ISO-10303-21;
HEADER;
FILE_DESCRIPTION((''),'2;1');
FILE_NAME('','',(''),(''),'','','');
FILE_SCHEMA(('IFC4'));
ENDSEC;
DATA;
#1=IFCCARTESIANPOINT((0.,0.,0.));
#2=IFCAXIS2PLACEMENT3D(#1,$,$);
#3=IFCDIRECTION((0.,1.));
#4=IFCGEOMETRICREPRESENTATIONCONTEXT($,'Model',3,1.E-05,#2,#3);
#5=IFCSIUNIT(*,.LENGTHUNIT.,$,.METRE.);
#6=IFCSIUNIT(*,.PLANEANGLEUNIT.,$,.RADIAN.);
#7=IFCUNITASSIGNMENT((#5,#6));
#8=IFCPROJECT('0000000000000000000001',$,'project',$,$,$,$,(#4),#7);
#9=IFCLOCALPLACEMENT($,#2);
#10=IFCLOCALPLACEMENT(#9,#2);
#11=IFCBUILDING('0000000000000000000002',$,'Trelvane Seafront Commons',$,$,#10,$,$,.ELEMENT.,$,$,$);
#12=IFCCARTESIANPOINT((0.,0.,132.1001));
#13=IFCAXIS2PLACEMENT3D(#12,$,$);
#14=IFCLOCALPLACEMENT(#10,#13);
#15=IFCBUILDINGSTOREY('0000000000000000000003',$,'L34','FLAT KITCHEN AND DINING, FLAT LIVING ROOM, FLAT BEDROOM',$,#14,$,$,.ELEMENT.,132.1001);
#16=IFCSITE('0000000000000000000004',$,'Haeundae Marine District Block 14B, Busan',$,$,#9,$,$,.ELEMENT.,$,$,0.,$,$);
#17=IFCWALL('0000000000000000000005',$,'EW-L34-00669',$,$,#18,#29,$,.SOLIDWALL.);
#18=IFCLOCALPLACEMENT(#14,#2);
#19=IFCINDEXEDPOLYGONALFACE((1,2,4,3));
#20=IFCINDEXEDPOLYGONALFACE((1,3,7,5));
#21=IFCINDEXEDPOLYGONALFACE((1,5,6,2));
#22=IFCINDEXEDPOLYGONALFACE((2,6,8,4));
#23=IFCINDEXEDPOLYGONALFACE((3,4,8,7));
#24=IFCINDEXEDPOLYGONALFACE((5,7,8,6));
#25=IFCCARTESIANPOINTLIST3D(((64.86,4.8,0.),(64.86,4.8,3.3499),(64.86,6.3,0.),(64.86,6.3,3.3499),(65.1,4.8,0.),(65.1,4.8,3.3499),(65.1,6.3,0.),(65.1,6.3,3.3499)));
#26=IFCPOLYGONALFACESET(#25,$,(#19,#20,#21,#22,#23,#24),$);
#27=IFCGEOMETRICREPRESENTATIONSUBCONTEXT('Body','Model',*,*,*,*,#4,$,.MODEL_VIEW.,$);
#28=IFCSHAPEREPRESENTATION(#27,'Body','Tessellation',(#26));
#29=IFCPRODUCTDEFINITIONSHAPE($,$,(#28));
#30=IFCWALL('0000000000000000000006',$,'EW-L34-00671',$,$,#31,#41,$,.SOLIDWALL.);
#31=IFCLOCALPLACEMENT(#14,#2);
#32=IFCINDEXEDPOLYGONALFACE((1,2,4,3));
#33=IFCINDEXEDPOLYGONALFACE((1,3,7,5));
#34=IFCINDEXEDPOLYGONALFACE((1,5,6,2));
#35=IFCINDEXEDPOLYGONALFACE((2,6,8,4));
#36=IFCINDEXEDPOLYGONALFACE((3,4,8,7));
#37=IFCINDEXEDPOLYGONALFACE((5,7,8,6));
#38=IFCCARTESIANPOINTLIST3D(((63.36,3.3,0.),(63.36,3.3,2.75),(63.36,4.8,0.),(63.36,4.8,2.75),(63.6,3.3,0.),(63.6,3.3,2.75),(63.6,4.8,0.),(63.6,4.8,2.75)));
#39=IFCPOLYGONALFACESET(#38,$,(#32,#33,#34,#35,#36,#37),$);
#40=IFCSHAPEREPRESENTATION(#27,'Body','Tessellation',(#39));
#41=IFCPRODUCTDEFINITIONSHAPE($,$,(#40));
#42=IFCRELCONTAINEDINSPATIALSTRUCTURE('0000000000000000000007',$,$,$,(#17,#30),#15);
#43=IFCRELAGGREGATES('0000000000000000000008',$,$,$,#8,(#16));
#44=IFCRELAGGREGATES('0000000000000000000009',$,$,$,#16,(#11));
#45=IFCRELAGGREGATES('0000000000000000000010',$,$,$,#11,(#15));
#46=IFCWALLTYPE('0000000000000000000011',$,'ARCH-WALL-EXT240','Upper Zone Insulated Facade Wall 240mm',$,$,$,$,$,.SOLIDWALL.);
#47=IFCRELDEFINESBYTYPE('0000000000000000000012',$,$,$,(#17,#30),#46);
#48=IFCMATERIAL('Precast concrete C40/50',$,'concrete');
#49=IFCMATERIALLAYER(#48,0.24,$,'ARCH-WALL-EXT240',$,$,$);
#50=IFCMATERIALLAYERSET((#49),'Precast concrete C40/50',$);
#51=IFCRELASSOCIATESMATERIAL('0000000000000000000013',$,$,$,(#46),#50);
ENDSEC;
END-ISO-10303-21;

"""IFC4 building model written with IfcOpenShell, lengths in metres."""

from ifc_helpers import new_model, si_unit, direction, frame, frame_2d, origin, place, context, subcontext, project, spatial, rectangle, extrude, material, layer, layer_set, type_object, element, save


model = new_model("IFC4")

# Units and contexts
model_context = context("Model", 3, precision=1e-05, world=origin(), true_north=direction((0.0, 1.0)))
body_context = subcontext(model_context, "Body", "Model", "MODEL_VIEW")
ifc_project = project(units=[si_unit("LENGTHUNIT", "METRE"), si_unit("PLANEANGLEUNIT", "RADIAN")], contexts=[model_context])

# Site, building, storey
site_placement = place(None, origin())
site = spatial("IfcSite", under=ifc_project, at=site_placement, Name="Haeundae Marine District Block 14B, Busan", CompositionType="ELEMENT", RefElevation=0.0)
building_placement = place(site_placement, origin())
building = spatial("IfcBuilding", under=site, at=building_placement, Name="Trelvane Seafront Commons", CompositionType="ELEMENT")
storey_placement = place(building_placement, frame((0.0, 0.0, 132.1001)))
storey = spatial("IfcBuildingStorey", under=building, at=storey_placement, Name="L34", Description="FLAT KITCHEN AND DINING, FLAT LIVING ROOM, FLAT BEDROOM", CompositionType="ELEMENT", Elevation=132.1001)

# Walls
ifc_material_1 = material(Name="Precast concrete C40/50", Category="concrete")
ifc_layer = layer(ifc_material_1, 0.24, Name="ARCH-WALL-EXT240")
ifc_layer_set = layer_set([ifc_layer], Name="Precast concrete C40/50")
wall_type = type_object("IfcWallType", Name="ARCH-WALL-EXT240", Description="Upper Zone Insulated Facade Wall 240mm", PredefinedType="SOLIDWALL", material=ifc_layer_set)
wall_1_placement = place(storey_placement, frame((64.98, 6.3, 0.0), z_axis=(0.0, 0.0, 1.0), x_axis=(0.0, -1.0, 0.0)))
element("IfcWall", 1, at=wall_1_placement, inside=storey, type_object=wall_type, Name="EW-L34-00669", PredefinedType="SOLIDWALL", context=body_context, shape_type="SweptSolid", body=[
    extrude(rectangle(XDim=1.5, YDim=0.24, at=frame_2d((0.75, 0.0))), origin(), (0.0, 0.0, 1.0), 3.3499),
])
wall_2_placement = place(storey_placement, frame((63.48, 4.8, 0.0), z_axis=(0.0, 0.0, 1.0), x_axis=(0.0, -1.0, 0.0)))
element("IfcWall", 2, at=wall_2_placement, inside=storey, type_object=wall_type, Name="EW-L34-00671", PredefinedType="SOLIDWALL", context=body_context, shape_type="SweptSolid", body=[
    extrude(rectangle(XDim=1.5, YDim=0.24, at=frame_2d((0.75, 0.0))), origin(), (0.0, 0.0, 1.0), 2.75),
])

save(model, "model.ifc")
